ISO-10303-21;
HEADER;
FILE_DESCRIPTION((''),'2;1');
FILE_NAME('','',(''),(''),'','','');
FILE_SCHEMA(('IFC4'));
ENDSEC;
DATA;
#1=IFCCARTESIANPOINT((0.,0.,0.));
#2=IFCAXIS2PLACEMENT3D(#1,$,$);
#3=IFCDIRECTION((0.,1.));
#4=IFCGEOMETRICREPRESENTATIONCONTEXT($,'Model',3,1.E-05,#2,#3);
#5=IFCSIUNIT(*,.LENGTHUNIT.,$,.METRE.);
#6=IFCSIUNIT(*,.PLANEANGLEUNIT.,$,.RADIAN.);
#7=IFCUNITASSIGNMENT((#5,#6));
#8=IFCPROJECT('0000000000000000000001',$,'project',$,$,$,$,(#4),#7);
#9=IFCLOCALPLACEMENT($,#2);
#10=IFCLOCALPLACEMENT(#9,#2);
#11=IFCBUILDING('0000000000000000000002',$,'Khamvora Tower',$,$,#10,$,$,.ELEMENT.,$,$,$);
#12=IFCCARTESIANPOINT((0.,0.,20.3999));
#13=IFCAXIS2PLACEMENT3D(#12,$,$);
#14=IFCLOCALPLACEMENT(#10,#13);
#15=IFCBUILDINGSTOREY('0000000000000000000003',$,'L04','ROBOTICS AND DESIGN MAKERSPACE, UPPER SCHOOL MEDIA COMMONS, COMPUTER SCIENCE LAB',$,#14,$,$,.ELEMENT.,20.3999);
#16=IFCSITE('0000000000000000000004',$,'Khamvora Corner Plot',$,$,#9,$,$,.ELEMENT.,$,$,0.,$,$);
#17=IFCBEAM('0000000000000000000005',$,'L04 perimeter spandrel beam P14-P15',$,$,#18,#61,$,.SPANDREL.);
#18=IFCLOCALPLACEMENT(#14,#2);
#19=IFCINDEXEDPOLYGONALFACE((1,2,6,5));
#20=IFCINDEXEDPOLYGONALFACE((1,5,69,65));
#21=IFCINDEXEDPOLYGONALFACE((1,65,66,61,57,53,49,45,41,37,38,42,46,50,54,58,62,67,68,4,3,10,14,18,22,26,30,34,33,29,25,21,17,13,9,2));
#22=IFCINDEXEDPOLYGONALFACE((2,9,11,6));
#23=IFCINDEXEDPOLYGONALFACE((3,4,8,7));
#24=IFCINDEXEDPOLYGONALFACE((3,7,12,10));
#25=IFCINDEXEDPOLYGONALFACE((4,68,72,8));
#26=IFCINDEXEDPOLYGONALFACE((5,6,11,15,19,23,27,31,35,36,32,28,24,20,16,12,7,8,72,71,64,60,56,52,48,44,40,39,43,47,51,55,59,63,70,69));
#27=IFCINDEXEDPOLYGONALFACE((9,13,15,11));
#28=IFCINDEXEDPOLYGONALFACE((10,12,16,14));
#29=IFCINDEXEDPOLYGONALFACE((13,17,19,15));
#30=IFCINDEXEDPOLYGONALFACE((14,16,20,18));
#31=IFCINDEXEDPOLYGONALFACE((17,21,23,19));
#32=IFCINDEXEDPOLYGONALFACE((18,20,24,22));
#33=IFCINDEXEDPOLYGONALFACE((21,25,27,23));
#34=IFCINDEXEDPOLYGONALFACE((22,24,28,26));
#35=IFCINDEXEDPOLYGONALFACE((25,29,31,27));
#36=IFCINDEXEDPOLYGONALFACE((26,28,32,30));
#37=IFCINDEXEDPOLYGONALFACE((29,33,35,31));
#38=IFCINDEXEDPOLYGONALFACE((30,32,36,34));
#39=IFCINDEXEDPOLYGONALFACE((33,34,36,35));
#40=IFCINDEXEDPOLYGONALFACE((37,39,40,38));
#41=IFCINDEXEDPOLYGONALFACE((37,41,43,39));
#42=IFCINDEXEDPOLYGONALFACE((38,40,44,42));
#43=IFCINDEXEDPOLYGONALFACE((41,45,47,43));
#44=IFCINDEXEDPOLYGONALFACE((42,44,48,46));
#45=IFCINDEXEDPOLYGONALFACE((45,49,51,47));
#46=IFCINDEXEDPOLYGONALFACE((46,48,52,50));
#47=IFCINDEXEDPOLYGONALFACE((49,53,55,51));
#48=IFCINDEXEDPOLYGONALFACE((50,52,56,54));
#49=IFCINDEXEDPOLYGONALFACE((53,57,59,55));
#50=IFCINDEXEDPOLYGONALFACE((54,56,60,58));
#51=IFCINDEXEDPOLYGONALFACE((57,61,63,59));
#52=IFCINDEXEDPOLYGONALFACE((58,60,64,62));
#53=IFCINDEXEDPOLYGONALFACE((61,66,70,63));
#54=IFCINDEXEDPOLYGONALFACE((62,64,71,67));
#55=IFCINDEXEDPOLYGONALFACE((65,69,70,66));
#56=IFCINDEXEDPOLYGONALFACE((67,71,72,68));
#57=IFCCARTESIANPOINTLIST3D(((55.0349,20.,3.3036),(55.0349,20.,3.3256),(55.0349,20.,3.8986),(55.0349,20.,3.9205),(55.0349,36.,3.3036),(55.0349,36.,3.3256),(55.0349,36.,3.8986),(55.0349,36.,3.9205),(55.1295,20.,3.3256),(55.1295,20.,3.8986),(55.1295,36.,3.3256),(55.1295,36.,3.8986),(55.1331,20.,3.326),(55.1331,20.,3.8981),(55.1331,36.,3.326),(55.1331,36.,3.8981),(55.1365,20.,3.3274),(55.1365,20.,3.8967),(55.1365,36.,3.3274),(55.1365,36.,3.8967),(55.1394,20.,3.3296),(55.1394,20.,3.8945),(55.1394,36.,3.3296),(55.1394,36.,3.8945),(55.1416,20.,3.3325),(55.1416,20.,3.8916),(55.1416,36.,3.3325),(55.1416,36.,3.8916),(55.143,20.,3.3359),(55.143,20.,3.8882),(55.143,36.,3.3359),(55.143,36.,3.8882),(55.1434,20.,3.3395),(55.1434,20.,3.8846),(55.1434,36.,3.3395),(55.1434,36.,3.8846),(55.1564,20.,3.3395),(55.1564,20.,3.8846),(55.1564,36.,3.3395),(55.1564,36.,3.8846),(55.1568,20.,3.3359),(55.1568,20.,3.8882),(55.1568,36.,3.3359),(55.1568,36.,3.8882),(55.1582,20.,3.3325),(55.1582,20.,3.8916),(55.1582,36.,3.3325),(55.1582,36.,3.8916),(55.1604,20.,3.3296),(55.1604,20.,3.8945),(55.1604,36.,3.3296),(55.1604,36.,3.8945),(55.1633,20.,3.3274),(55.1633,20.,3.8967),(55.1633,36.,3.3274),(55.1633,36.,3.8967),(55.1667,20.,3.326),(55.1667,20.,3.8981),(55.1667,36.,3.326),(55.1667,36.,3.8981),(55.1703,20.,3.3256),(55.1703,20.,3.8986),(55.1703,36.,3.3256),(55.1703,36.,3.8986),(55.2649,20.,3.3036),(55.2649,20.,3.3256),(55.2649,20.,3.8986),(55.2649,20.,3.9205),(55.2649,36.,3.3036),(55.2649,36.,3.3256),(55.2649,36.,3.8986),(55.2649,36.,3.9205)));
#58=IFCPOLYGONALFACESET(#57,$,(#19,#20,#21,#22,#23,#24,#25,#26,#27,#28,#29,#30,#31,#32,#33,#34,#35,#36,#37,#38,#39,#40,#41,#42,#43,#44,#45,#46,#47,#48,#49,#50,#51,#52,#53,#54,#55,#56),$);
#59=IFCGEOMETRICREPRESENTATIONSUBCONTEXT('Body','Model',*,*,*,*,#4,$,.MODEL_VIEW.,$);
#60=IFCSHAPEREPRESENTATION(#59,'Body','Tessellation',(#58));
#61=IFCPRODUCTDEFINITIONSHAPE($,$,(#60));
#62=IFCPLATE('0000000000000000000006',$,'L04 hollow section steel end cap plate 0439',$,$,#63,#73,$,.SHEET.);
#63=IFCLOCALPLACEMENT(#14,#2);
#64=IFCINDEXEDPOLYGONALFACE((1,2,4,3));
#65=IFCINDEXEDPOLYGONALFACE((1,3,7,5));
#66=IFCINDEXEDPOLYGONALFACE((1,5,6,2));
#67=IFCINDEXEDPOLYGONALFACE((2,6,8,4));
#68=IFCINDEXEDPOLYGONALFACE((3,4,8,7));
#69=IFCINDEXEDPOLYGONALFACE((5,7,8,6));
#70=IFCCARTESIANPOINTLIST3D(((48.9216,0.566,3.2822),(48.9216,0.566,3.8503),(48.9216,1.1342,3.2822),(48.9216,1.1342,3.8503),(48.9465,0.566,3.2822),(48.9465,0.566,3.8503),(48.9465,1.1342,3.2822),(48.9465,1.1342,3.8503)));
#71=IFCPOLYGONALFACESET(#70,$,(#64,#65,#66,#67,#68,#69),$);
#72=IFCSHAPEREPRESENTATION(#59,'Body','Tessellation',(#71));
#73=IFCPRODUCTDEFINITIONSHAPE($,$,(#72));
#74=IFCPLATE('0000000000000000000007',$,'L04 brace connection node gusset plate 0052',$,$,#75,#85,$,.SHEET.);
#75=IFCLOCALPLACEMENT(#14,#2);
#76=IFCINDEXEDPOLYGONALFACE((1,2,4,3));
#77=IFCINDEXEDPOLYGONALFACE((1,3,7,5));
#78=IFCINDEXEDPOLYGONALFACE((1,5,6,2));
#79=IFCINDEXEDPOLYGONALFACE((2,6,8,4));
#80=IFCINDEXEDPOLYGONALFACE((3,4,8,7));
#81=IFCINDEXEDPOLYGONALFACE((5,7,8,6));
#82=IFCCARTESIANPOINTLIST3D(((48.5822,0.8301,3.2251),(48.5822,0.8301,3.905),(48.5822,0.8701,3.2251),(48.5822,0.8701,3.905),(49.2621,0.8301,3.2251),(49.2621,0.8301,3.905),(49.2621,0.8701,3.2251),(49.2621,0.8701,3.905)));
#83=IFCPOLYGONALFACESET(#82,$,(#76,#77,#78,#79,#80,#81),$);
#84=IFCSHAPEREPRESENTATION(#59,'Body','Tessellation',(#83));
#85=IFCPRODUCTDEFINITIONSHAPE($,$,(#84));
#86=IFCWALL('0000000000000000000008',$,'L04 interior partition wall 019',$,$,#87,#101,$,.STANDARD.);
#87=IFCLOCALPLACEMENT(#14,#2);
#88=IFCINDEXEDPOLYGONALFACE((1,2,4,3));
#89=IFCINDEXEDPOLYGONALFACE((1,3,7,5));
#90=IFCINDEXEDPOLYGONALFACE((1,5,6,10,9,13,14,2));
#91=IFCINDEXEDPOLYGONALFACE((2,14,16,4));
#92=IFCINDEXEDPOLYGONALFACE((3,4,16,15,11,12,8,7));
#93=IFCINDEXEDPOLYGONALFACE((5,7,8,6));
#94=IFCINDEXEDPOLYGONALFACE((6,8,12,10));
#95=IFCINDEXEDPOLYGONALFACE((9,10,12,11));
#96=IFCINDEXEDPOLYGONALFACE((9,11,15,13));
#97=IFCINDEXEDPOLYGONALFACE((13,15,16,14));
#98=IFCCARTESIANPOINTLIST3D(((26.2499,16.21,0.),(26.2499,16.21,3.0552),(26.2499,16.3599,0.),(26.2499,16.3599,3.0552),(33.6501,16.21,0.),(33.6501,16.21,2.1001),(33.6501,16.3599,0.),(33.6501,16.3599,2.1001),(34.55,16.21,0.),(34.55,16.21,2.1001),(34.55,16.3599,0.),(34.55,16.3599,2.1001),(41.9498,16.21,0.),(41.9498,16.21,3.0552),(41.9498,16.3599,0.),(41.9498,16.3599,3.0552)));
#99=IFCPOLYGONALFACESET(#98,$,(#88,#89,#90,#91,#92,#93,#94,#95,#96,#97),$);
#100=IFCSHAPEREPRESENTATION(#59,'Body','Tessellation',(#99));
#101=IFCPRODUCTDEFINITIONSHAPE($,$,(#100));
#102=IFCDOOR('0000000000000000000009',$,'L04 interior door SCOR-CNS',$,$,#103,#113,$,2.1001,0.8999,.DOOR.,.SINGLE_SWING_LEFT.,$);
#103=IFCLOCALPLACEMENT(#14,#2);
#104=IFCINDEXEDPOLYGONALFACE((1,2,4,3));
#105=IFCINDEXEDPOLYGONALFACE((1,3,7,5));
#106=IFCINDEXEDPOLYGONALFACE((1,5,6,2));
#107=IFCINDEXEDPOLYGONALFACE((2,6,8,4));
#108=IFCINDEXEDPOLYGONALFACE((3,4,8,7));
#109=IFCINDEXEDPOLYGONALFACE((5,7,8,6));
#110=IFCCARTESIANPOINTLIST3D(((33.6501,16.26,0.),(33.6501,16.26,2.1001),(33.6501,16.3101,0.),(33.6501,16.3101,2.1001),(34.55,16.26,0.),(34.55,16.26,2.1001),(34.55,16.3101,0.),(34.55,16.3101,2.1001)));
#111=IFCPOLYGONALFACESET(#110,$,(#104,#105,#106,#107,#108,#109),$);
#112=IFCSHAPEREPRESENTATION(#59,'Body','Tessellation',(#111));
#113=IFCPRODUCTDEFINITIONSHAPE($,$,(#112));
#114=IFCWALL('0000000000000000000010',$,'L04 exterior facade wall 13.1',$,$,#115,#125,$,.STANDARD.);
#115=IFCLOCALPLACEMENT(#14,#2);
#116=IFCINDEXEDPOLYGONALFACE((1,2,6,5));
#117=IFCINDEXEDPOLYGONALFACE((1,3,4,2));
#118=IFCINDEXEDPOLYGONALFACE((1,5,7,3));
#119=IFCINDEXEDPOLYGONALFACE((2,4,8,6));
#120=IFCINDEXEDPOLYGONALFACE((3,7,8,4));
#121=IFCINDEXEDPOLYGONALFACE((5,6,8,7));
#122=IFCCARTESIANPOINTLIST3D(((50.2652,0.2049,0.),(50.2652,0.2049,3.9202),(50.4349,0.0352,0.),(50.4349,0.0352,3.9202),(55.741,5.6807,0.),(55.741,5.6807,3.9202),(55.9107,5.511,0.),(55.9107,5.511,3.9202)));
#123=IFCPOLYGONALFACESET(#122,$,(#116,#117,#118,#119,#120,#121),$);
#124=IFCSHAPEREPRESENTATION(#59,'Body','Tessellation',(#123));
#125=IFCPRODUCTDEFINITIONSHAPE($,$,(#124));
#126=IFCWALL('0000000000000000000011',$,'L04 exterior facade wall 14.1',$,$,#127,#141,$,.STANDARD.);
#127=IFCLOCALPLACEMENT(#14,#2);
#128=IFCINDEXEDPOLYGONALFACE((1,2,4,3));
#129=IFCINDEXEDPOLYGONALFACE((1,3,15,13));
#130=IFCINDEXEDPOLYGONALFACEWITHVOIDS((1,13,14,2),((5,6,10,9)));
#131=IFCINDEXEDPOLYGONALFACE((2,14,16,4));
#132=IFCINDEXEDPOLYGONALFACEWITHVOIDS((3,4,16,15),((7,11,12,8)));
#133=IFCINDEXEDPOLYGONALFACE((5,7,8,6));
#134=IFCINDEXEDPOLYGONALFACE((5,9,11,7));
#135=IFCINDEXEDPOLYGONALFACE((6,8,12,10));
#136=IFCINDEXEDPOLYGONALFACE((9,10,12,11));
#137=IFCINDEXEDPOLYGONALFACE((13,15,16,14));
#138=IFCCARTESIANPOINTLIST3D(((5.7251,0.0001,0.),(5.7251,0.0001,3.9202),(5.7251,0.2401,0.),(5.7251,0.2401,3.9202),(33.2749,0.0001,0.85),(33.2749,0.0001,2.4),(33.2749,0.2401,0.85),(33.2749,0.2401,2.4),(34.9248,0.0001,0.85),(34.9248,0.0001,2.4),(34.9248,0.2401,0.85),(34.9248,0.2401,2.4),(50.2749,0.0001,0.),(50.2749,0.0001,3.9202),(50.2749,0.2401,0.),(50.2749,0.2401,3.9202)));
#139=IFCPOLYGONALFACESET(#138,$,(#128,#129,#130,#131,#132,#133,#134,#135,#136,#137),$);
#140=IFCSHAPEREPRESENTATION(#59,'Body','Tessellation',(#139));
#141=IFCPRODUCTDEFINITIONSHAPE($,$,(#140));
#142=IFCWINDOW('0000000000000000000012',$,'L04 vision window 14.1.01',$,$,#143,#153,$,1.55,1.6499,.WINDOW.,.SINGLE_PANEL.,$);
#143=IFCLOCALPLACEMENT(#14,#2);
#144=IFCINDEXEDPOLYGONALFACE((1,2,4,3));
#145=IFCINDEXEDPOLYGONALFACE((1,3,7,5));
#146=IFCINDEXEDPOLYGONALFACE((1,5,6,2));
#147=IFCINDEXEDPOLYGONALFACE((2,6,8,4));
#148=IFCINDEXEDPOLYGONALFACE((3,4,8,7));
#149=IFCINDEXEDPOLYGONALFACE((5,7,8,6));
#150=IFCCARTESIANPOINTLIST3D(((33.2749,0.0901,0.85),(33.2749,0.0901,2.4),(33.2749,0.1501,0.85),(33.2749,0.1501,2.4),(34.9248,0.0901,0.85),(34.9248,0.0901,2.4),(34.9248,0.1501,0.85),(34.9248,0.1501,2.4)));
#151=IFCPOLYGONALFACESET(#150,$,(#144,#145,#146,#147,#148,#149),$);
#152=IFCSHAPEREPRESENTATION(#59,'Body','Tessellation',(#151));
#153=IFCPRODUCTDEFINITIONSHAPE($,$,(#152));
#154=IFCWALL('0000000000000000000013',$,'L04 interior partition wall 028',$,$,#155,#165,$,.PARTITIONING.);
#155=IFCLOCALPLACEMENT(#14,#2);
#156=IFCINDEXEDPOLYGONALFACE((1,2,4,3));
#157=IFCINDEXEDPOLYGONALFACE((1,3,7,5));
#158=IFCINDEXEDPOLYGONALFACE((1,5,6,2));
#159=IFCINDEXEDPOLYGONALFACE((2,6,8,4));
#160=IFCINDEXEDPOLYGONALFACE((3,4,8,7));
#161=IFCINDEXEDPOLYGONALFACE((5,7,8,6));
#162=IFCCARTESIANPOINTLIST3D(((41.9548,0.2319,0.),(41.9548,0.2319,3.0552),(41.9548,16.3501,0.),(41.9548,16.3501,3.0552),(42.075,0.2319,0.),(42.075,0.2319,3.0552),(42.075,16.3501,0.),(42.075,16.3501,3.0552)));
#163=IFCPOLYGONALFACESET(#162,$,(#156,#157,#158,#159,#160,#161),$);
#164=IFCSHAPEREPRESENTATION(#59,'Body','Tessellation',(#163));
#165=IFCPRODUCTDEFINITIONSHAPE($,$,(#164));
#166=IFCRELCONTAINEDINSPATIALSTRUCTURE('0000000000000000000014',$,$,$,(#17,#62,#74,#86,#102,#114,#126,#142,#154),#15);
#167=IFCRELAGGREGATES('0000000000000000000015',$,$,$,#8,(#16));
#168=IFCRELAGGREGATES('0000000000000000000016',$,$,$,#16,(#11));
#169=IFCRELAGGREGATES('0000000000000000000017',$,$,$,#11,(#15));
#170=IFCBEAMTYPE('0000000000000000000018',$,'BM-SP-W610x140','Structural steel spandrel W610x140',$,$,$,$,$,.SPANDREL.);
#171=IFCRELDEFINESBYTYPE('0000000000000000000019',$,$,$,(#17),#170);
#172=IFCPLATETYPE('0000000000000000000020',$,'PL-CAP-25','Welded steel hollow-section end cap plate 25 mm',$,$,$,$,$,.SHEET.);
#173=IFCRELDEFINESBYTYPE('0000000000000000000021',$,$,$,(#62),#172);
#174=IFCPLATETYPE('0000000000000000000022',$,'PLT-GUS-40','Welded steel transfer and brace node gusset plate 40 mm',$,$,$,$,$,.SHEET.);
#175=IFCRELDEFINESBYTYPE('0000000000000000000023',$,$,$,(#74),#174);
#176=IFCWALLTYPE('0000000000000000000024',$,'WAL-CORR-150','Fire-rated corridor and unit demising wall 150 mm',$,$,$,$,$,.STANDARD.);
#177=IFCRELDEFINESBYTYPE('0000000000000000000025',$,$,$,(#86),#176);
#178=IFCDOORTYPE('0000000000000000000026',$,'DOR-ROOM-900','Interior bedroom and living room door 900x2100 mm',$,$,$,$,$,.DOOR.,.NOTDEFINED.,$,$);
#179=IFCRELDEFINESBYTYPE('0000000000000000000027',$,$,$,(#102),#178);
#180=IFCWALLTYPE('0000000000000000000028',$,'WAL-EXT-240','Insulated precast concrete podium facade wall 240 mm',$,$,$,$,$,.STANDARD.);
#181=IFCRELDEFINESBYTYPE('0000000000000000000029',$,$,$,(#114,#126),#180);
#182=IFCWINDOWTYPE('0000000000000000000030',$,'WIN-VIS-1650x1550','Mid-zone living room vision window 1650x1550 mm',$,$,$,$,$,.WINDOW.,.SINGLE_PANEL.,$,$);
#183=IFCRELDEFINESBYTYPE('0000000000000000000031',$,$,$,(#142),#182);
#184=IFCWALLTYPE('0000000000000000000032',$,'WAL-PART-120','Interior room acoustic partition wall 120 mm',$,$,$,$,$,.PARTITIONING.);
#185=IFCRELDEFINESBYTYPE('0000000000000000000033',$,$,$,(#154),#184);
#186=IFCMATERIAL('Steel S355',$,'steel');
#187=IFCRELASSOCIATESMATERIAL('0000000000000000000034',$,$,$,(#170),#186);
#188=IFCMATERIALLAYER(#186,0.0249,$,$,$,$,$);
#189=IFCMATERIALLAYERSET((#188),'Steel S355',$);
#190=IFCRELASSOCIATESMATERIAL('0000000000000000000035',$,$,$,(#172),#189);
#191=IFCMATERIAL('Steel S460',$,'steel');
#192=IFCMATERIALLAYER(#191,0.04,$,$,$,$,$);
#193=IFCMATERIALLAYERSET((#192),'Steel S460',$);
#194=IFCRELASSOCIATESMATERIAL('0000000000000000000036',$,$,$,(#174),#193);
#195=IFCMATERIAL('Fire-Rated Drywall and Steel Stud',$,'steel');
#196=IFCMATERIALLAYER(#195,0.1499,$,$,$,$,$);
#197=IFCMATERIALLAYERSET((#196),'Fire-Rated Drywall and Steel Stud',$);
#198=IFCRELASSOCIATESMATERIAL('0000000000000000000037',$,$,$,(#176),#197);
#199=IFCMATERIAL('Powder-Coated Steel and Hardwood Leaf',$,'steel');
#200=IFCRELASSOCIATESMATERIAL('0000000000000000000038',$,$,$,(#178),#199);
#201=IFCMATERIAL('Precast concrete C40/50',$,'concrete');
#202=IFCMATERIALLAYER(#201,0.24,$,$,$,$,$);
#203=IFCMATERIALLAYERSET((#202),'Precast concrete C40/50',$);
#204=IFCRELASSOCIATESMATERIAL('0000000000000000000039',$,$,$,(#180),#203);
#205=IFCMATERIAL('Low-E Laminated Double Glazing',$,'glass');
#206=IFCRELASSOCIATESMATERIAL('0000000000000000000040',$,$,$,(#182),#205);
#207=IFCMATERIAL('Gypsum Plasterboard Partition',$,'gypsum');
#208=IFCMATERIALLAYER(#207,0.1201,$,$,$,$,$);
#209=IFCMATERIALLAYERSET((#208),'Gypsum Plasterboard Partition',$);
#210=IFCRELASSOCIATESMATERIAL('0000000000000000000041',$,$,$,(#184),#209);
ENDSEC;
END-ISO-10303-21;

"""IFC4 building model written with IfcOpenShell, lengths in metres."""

from ifc_helpers import new_model, si_unit, direction, frame, frame_2d, origin, origin_2d, place, context, subcontext, project, spatial, rectangle, i_section, extrude, material, layer, layer_set, material_profile, profile_set, type_object, element, fill, save


model = new_model("IFC4")

# Units and contexts
model_context = context("Model", 3, precision=1e-05, world=origin(), true_north=direction((0.0, 1.0)))
body_context = subcontext(model_context, "Body", "Model", "MODEL_VIEW")
ifc_project = project(units=[si_unit("LENGTHUNIT", "METRE"), si_unit("PLANEANGLEUNIT", "RADIAN")], contexts=[model_context])

# Site, building, storey
site_placement = place(None, origin())
site = spatial("IfcSite", under=ifc_project, at=site_placement, Name="Khamvora Corner Plot", CompositionType="ELEMENT", RefElevation=0.0)
building_placement = place(site_placement, origin())
building = spatial("IfcBuilding", under=site, at=building_placement, Name="Khamvora Tower", CompositionType="ELEMENT")
storey_placement = place(building_placement, frame((0.0, 0.0, 20.3999)))
storey = spatial("IfcBuildingStorey", under=building, at=storey_placement, Name="L04", Description="ROBOTICS AND DESIGN MAKERSPACE, UPPER SCHOOL MEDIA COMMONS, COMPUTER SCIENCE LAB", CompositionType="ELEMENT", Elevation=20.3999)

# Shared definitions
ifc_material_1 = material(Name="Steel S460", Category="steel")

# Beam
ifc_material_2 = material(Name="Steel S355", Category="steel")
ifc_material_profile_1 = material_profile(ifc_material_2, i_section(OverallWidth=0.23, OverallDepth=0.6169, WebThickness=0.0129, FlangeThickness=0.022, FilletRadius=0.0139, at=origin_2d()), Name="W610x140")
ifc_profile_set_1 = profile_set([ifc_material_profile_1], Name="Steel S355")
beam_type_1 = type_object("IfcBeamType", Name="BM-SP-W610x140", Description="Structural steel spandrel W610x140", PredefinedType="SPANDREL", material=ifc_profile_set_1)
beam_1_placement = place(storey_placement, frame((55.1499, 20.0, 3.6121), z_axis=(0.0, 1.0, 0.0), x_axis=(-1.0, 0.0, 0.0)))
element("IfcBeam", 1, at=beam_1_placement, inside=storey, type_object=beam_type_1, Name="L04 perimeter spandrel beam P14-P15", PredefinedType="SPANDREL", context=body_context, shape_type="SweptSolid", body=[
    extrude(i_section(OverallWidth=0.23, OverallDepth=0.6169, WebThickness=0.0129, FlangeThickness=0.022, FilletRadius=0.0139, at=origin_2d()), origin(), (0.0, 0.0, 1.0), 16.0),
])

# Plates
ifc_layer_1 = layer(ifc_material_2, 0.0249)
ifc_layer_set_1 = layer_set([ifc_layer_1], Name="Steel S355")
plate_type_1 = type_object("IfcPlateType", Name="PL-CAP-25", Description="Welded steel hollow-section end cap plate 25 mm", PredefinedType="SHEET", material=ifc_layer_set_1)
plate_1_placement = place(storey_placement, frame((48.9341, 0.8501, 3.2822), z_axis=(0.0, 0.0, 1.0), x_axis=(1.0, 0.0, 0.0)))
element("IfcPlate", 2, at=plate_1_placement, inside=storey, type_object=plate_type_1, Name="L04 hollow section steel end cap plate 0439", PredefinedType="SHEET", context=body_context, shape_type="SweptSolid", body=[
    extrude(rectangle(XDim=0.0249, YDim=0.5681, at=origin_2d()), origin(), (0.0, 0.0, 1.0), 0.5681),
])
ifc_layer_2 = layer(ifc_material_1, 0.04)
ifc_layer_set_2 = layer_set([ifc_layer_2], Name="Steel S460")
plate_type_2 = type_object("IfcPlateType", Name="PLT-GUS-40", Description="Welded steel transfer and brace node gusset plate 40 mm", PredefinedType="SHEET", material=ifc_layer_set_2)
plate_2_placement = place(storey_placement, frame((48.9221, 0.8501, 3.2251), z_axis=(0.0, 0.0, 1.0), x_axis=(1.0, 0.0, 0.0)))
element("IfcPlate", 3, at=plate_2_placement, inside=storey, type_object=plate_type_2, Name="L04 brace connection node gusset plate 0052", PredefinedType="SHEET", context=body_context, shape_type="SweptSolid", body=[
    extrude(rectangle(XDim=0.6799, YDim=0.04, at=origin_2d()), origin(), (0.0, 0.0, 1.0), 0.6799),
])

# Wall, opening, door
ifc_material_3 = material(Name="Fire-Rated Drywall and Steel Stud", Category="steel")
ifc_layer_3 = layer(ifc_material_3, 0.1499)
ifc_layer_set_3 = layer_set([ifc_layer_3], Name="Fire-Rated Drywall and Steel Stud")
wall_type_1 = type_object("IfcWallType", Name="WAL-CORR-150", Description="Fire-rated corridor and unit demising wall 150 mm", PredefinedType="STANDARD", material=ifc_layer_set_3)
wall_1_placement = place(storey_placement, frame((41.95, 16.2849, 0.0), z_axis=(0.0, 0.0, 1.0), x_axis=(-1.0, 0.0, 0.0)))
wall_1 = element("IfcWall", 4, at=wall_1_placement, inside=storey, type_object=wall_type_1, Name="L04 interior partition wall 019", PredefinedType="STANDARD", context=body_context, shape_type="SweptSolid", body=[
    extrude(rectangle(XDim=15.7, YDim=0.1499, at=frame_2d((7.8501, 0.0))), origin(), (0.0, 0.0, 1.0), 3.0552),
])
opening_1_placement = place(wall_1_placement, frame((7.3999, 0.0, 0.0)))
opening_1 = element("IfcOpeningElement", 5, at=opening_1_placement, cuts=wall_1, PredefinedType="OPENING", context=body_context, shape_type="SweptSolid", body=[
    extrude(rectangle(XDim=0.8999, YDim=2.1001, at=frame_2d((0.45, 1.05))), frame((0.0, 0.085, 0.0), z_axis=(0.0, -1.0, 0.0), x_axis=(1.0, 0.0, 0.0)), (0.0, 0.0, 1.0), 0.1699),
])
ifc_material_4 = material(Name="Powder-Coated Steel and Hardwood Leaf", Category="steel")
door_type = type_object("IfcDoorType", Name="DOR-ROOM-900", Description="Interior bedroom and living room door 900x2100 mm", OperationType="NOTDEFINED", PredefinedType="DOOR", material=ifc_material_4)
door_placement = place(opening_1_placement, origin())
door = element("IfcDoor", 6, at=door_placement, inside=storey, type_object=door_type, Name="L04 interior door SCOR-CNS", OperationType="SINGLE_SWING_LEFT", OverallHeight=2.1001, OverallWidth=0.8999, PredefinedType="DOOR", context=body_context, shape_type="SweptSolid", body=[
    extrude(rectangle(XDim=0.8999, YDim=2.1001, at=frame_2d((0.45, 1.05))), frame((0.0, 0.0249, 0.0), z_axis=(0.0, -1.0, 0.0), x_axis=(1.0, 0.0, 0.0)), (0.0, 0.0, 1.0), 0.05),
])
fill(opening_1, door)

# Wall
ifc_material_5 = material(Name="Precast concrete C40/50", Category="concrete")
ifc_layer_4 = layer(ifc_material_5, 0.24)
ifc_layer_set_4 = layer_set([ifc_layer_4], Name="Precast concrete C40/50")
wall_type_2 = type_object("IfcWallType", Name="WAL-EXT-240", Description="Insulated precast concrete podium facade wall 240 mm", PredefinedType="STANDARD", material=ifc_layer_set_4)
wall_2_placement = place(storey_placement, frame((55.8259, 5.5959, 0.0), z_axis=(0.0, 0.0, 1.0), x_axis=(-0.707107, -0.707107, 0.0)))
element("IfcWall", 7, at=wall_2_placement, inside=storey, type_object=wall_type_2, Name="L04 exterior facade wall 13.1", PredefinedType="STANDARD", context=body_context, shape_type="SweptSolid", body=[
    extrude(rectangle(XDim=7.7439, YDim=0.24, at=frame_2d((3.8721, 0.0))), origin(), (0.0, 0.0, 1.0), 3.9202),
])

# Wall, opening, window
wall_3_placement = place(storey_placement, frame((50.2749, 0.1201, 0.0), z_axis=(0.0, 0.0, 1.0), x_axis=(-1.0, 0.0, 0.0)))
wall_3 = element("IfcWall", 8, at=wall_3_placement, inside=storey, type_object=wall_type_2, Name="L04 exterior facade wall 14.1", PredefinedType="STANDARD", context=body_context, shape_type="SweptSolid", body=[
    extrude(rectangle(XDim=44.5498, YDim=0.24, at=frame_2d((22.2749, 0.0))), origin(), (0.0, 0.0, 1.0), 3.9202),
])
opening_2_placement = place(wall_3_placement, frame((15.3501, 0.0, 0.8501)))
opening_2 = element("IfcOpeningElement", 9, at=opening_2_placement, cuts=wall_3, PredefinedType="OPENING", context=body_context, shape_type="SweptSolid", body=[
    extrude(rectangle(XDim=1.6499, YDim=1.55, at=frame_2d((0.825, 0.7749))), frame((0.0, 0.1299, 0.0), z_axis=(0.0, -1.0, 0.0), x_axis=(1.0, 0.0, 0.0)), (0.0, 0.0, 1.0), 0.26),
])
ifc_material_6 = material(Name="Low-E Laminated Double Glazing", Category="glass")
window_type = type_object("IfcWindowType", Name="WIN-VIS-1650x1550", Description="Mid-zone living room vision window 1650x1550 mm", PartitioningType="SINGLE_PANEL", PredefinedType="WINDOW", material=ifc_material_6)
window_placement = place(opening_2_placement, origin())
window = element("IfcWindow", 10, at=window_placement, inside=storey, type_object=window_type, Name="L04 vision window 14.1.01", OverallHeight=1.55, OverallWidth=1.6499, PartitioningType="SINGLE_PANEL", PredefinedType="WINDOW", context=body_context, shape_type="SweptSolid", body=[
    extrude(rectangle(XDim=1.6499, YDim=1.55, at=frame_2d((0.825, 0.7749))), frame((0.0, 0.03, 0.0), z_axis=(0.0, -1.0, 0.0), x_axis=(1.0, 0.0, 0.0)), (0.0, 0.0, 1.0), 0.0601),
])
fill(opening_2, window)

# Wall
ifc_material_7 = material(Name="Gypsum Plasterboard Partition", Category="gypsum")
ifc_layer_5 = layer(ifc_material_7, 0.1201)
ifc_layer_set_5 = layer_set([ifc_layer_5], Name="Gypsum Plasterboard Partition")
wall_type_3 = type_object("IfcWallType", Name="WAL-PART-120", Description="Interior room acoustic partition wall 120 mm", PredefinedType="PARTITIONING", material=ifc_layer_set_5)
wall_4_placement = place(storey_placement, frame((42.0149, 0.2319, 0.0), z_axis=(0.0, 0.0, 1.0), x_axis=(0.0, 1.0, 0.0)))
element("IfcWall", 11, at=wall_4_placement, inside=storey, type_object=wall_type_3, Name="L04 interior partition wall 028", PredefinedType="PARTITIONING", context=body_context, shape_type="SweptSolid", body=[
    extrude(rectangle(XDim=16.1182, YDim=0.1201, at=frame_2d((8.0591, 0.0))), origin(), (0.0, 0.0, 1.0), 3.0552),
])

save(model, "model.ifc")
